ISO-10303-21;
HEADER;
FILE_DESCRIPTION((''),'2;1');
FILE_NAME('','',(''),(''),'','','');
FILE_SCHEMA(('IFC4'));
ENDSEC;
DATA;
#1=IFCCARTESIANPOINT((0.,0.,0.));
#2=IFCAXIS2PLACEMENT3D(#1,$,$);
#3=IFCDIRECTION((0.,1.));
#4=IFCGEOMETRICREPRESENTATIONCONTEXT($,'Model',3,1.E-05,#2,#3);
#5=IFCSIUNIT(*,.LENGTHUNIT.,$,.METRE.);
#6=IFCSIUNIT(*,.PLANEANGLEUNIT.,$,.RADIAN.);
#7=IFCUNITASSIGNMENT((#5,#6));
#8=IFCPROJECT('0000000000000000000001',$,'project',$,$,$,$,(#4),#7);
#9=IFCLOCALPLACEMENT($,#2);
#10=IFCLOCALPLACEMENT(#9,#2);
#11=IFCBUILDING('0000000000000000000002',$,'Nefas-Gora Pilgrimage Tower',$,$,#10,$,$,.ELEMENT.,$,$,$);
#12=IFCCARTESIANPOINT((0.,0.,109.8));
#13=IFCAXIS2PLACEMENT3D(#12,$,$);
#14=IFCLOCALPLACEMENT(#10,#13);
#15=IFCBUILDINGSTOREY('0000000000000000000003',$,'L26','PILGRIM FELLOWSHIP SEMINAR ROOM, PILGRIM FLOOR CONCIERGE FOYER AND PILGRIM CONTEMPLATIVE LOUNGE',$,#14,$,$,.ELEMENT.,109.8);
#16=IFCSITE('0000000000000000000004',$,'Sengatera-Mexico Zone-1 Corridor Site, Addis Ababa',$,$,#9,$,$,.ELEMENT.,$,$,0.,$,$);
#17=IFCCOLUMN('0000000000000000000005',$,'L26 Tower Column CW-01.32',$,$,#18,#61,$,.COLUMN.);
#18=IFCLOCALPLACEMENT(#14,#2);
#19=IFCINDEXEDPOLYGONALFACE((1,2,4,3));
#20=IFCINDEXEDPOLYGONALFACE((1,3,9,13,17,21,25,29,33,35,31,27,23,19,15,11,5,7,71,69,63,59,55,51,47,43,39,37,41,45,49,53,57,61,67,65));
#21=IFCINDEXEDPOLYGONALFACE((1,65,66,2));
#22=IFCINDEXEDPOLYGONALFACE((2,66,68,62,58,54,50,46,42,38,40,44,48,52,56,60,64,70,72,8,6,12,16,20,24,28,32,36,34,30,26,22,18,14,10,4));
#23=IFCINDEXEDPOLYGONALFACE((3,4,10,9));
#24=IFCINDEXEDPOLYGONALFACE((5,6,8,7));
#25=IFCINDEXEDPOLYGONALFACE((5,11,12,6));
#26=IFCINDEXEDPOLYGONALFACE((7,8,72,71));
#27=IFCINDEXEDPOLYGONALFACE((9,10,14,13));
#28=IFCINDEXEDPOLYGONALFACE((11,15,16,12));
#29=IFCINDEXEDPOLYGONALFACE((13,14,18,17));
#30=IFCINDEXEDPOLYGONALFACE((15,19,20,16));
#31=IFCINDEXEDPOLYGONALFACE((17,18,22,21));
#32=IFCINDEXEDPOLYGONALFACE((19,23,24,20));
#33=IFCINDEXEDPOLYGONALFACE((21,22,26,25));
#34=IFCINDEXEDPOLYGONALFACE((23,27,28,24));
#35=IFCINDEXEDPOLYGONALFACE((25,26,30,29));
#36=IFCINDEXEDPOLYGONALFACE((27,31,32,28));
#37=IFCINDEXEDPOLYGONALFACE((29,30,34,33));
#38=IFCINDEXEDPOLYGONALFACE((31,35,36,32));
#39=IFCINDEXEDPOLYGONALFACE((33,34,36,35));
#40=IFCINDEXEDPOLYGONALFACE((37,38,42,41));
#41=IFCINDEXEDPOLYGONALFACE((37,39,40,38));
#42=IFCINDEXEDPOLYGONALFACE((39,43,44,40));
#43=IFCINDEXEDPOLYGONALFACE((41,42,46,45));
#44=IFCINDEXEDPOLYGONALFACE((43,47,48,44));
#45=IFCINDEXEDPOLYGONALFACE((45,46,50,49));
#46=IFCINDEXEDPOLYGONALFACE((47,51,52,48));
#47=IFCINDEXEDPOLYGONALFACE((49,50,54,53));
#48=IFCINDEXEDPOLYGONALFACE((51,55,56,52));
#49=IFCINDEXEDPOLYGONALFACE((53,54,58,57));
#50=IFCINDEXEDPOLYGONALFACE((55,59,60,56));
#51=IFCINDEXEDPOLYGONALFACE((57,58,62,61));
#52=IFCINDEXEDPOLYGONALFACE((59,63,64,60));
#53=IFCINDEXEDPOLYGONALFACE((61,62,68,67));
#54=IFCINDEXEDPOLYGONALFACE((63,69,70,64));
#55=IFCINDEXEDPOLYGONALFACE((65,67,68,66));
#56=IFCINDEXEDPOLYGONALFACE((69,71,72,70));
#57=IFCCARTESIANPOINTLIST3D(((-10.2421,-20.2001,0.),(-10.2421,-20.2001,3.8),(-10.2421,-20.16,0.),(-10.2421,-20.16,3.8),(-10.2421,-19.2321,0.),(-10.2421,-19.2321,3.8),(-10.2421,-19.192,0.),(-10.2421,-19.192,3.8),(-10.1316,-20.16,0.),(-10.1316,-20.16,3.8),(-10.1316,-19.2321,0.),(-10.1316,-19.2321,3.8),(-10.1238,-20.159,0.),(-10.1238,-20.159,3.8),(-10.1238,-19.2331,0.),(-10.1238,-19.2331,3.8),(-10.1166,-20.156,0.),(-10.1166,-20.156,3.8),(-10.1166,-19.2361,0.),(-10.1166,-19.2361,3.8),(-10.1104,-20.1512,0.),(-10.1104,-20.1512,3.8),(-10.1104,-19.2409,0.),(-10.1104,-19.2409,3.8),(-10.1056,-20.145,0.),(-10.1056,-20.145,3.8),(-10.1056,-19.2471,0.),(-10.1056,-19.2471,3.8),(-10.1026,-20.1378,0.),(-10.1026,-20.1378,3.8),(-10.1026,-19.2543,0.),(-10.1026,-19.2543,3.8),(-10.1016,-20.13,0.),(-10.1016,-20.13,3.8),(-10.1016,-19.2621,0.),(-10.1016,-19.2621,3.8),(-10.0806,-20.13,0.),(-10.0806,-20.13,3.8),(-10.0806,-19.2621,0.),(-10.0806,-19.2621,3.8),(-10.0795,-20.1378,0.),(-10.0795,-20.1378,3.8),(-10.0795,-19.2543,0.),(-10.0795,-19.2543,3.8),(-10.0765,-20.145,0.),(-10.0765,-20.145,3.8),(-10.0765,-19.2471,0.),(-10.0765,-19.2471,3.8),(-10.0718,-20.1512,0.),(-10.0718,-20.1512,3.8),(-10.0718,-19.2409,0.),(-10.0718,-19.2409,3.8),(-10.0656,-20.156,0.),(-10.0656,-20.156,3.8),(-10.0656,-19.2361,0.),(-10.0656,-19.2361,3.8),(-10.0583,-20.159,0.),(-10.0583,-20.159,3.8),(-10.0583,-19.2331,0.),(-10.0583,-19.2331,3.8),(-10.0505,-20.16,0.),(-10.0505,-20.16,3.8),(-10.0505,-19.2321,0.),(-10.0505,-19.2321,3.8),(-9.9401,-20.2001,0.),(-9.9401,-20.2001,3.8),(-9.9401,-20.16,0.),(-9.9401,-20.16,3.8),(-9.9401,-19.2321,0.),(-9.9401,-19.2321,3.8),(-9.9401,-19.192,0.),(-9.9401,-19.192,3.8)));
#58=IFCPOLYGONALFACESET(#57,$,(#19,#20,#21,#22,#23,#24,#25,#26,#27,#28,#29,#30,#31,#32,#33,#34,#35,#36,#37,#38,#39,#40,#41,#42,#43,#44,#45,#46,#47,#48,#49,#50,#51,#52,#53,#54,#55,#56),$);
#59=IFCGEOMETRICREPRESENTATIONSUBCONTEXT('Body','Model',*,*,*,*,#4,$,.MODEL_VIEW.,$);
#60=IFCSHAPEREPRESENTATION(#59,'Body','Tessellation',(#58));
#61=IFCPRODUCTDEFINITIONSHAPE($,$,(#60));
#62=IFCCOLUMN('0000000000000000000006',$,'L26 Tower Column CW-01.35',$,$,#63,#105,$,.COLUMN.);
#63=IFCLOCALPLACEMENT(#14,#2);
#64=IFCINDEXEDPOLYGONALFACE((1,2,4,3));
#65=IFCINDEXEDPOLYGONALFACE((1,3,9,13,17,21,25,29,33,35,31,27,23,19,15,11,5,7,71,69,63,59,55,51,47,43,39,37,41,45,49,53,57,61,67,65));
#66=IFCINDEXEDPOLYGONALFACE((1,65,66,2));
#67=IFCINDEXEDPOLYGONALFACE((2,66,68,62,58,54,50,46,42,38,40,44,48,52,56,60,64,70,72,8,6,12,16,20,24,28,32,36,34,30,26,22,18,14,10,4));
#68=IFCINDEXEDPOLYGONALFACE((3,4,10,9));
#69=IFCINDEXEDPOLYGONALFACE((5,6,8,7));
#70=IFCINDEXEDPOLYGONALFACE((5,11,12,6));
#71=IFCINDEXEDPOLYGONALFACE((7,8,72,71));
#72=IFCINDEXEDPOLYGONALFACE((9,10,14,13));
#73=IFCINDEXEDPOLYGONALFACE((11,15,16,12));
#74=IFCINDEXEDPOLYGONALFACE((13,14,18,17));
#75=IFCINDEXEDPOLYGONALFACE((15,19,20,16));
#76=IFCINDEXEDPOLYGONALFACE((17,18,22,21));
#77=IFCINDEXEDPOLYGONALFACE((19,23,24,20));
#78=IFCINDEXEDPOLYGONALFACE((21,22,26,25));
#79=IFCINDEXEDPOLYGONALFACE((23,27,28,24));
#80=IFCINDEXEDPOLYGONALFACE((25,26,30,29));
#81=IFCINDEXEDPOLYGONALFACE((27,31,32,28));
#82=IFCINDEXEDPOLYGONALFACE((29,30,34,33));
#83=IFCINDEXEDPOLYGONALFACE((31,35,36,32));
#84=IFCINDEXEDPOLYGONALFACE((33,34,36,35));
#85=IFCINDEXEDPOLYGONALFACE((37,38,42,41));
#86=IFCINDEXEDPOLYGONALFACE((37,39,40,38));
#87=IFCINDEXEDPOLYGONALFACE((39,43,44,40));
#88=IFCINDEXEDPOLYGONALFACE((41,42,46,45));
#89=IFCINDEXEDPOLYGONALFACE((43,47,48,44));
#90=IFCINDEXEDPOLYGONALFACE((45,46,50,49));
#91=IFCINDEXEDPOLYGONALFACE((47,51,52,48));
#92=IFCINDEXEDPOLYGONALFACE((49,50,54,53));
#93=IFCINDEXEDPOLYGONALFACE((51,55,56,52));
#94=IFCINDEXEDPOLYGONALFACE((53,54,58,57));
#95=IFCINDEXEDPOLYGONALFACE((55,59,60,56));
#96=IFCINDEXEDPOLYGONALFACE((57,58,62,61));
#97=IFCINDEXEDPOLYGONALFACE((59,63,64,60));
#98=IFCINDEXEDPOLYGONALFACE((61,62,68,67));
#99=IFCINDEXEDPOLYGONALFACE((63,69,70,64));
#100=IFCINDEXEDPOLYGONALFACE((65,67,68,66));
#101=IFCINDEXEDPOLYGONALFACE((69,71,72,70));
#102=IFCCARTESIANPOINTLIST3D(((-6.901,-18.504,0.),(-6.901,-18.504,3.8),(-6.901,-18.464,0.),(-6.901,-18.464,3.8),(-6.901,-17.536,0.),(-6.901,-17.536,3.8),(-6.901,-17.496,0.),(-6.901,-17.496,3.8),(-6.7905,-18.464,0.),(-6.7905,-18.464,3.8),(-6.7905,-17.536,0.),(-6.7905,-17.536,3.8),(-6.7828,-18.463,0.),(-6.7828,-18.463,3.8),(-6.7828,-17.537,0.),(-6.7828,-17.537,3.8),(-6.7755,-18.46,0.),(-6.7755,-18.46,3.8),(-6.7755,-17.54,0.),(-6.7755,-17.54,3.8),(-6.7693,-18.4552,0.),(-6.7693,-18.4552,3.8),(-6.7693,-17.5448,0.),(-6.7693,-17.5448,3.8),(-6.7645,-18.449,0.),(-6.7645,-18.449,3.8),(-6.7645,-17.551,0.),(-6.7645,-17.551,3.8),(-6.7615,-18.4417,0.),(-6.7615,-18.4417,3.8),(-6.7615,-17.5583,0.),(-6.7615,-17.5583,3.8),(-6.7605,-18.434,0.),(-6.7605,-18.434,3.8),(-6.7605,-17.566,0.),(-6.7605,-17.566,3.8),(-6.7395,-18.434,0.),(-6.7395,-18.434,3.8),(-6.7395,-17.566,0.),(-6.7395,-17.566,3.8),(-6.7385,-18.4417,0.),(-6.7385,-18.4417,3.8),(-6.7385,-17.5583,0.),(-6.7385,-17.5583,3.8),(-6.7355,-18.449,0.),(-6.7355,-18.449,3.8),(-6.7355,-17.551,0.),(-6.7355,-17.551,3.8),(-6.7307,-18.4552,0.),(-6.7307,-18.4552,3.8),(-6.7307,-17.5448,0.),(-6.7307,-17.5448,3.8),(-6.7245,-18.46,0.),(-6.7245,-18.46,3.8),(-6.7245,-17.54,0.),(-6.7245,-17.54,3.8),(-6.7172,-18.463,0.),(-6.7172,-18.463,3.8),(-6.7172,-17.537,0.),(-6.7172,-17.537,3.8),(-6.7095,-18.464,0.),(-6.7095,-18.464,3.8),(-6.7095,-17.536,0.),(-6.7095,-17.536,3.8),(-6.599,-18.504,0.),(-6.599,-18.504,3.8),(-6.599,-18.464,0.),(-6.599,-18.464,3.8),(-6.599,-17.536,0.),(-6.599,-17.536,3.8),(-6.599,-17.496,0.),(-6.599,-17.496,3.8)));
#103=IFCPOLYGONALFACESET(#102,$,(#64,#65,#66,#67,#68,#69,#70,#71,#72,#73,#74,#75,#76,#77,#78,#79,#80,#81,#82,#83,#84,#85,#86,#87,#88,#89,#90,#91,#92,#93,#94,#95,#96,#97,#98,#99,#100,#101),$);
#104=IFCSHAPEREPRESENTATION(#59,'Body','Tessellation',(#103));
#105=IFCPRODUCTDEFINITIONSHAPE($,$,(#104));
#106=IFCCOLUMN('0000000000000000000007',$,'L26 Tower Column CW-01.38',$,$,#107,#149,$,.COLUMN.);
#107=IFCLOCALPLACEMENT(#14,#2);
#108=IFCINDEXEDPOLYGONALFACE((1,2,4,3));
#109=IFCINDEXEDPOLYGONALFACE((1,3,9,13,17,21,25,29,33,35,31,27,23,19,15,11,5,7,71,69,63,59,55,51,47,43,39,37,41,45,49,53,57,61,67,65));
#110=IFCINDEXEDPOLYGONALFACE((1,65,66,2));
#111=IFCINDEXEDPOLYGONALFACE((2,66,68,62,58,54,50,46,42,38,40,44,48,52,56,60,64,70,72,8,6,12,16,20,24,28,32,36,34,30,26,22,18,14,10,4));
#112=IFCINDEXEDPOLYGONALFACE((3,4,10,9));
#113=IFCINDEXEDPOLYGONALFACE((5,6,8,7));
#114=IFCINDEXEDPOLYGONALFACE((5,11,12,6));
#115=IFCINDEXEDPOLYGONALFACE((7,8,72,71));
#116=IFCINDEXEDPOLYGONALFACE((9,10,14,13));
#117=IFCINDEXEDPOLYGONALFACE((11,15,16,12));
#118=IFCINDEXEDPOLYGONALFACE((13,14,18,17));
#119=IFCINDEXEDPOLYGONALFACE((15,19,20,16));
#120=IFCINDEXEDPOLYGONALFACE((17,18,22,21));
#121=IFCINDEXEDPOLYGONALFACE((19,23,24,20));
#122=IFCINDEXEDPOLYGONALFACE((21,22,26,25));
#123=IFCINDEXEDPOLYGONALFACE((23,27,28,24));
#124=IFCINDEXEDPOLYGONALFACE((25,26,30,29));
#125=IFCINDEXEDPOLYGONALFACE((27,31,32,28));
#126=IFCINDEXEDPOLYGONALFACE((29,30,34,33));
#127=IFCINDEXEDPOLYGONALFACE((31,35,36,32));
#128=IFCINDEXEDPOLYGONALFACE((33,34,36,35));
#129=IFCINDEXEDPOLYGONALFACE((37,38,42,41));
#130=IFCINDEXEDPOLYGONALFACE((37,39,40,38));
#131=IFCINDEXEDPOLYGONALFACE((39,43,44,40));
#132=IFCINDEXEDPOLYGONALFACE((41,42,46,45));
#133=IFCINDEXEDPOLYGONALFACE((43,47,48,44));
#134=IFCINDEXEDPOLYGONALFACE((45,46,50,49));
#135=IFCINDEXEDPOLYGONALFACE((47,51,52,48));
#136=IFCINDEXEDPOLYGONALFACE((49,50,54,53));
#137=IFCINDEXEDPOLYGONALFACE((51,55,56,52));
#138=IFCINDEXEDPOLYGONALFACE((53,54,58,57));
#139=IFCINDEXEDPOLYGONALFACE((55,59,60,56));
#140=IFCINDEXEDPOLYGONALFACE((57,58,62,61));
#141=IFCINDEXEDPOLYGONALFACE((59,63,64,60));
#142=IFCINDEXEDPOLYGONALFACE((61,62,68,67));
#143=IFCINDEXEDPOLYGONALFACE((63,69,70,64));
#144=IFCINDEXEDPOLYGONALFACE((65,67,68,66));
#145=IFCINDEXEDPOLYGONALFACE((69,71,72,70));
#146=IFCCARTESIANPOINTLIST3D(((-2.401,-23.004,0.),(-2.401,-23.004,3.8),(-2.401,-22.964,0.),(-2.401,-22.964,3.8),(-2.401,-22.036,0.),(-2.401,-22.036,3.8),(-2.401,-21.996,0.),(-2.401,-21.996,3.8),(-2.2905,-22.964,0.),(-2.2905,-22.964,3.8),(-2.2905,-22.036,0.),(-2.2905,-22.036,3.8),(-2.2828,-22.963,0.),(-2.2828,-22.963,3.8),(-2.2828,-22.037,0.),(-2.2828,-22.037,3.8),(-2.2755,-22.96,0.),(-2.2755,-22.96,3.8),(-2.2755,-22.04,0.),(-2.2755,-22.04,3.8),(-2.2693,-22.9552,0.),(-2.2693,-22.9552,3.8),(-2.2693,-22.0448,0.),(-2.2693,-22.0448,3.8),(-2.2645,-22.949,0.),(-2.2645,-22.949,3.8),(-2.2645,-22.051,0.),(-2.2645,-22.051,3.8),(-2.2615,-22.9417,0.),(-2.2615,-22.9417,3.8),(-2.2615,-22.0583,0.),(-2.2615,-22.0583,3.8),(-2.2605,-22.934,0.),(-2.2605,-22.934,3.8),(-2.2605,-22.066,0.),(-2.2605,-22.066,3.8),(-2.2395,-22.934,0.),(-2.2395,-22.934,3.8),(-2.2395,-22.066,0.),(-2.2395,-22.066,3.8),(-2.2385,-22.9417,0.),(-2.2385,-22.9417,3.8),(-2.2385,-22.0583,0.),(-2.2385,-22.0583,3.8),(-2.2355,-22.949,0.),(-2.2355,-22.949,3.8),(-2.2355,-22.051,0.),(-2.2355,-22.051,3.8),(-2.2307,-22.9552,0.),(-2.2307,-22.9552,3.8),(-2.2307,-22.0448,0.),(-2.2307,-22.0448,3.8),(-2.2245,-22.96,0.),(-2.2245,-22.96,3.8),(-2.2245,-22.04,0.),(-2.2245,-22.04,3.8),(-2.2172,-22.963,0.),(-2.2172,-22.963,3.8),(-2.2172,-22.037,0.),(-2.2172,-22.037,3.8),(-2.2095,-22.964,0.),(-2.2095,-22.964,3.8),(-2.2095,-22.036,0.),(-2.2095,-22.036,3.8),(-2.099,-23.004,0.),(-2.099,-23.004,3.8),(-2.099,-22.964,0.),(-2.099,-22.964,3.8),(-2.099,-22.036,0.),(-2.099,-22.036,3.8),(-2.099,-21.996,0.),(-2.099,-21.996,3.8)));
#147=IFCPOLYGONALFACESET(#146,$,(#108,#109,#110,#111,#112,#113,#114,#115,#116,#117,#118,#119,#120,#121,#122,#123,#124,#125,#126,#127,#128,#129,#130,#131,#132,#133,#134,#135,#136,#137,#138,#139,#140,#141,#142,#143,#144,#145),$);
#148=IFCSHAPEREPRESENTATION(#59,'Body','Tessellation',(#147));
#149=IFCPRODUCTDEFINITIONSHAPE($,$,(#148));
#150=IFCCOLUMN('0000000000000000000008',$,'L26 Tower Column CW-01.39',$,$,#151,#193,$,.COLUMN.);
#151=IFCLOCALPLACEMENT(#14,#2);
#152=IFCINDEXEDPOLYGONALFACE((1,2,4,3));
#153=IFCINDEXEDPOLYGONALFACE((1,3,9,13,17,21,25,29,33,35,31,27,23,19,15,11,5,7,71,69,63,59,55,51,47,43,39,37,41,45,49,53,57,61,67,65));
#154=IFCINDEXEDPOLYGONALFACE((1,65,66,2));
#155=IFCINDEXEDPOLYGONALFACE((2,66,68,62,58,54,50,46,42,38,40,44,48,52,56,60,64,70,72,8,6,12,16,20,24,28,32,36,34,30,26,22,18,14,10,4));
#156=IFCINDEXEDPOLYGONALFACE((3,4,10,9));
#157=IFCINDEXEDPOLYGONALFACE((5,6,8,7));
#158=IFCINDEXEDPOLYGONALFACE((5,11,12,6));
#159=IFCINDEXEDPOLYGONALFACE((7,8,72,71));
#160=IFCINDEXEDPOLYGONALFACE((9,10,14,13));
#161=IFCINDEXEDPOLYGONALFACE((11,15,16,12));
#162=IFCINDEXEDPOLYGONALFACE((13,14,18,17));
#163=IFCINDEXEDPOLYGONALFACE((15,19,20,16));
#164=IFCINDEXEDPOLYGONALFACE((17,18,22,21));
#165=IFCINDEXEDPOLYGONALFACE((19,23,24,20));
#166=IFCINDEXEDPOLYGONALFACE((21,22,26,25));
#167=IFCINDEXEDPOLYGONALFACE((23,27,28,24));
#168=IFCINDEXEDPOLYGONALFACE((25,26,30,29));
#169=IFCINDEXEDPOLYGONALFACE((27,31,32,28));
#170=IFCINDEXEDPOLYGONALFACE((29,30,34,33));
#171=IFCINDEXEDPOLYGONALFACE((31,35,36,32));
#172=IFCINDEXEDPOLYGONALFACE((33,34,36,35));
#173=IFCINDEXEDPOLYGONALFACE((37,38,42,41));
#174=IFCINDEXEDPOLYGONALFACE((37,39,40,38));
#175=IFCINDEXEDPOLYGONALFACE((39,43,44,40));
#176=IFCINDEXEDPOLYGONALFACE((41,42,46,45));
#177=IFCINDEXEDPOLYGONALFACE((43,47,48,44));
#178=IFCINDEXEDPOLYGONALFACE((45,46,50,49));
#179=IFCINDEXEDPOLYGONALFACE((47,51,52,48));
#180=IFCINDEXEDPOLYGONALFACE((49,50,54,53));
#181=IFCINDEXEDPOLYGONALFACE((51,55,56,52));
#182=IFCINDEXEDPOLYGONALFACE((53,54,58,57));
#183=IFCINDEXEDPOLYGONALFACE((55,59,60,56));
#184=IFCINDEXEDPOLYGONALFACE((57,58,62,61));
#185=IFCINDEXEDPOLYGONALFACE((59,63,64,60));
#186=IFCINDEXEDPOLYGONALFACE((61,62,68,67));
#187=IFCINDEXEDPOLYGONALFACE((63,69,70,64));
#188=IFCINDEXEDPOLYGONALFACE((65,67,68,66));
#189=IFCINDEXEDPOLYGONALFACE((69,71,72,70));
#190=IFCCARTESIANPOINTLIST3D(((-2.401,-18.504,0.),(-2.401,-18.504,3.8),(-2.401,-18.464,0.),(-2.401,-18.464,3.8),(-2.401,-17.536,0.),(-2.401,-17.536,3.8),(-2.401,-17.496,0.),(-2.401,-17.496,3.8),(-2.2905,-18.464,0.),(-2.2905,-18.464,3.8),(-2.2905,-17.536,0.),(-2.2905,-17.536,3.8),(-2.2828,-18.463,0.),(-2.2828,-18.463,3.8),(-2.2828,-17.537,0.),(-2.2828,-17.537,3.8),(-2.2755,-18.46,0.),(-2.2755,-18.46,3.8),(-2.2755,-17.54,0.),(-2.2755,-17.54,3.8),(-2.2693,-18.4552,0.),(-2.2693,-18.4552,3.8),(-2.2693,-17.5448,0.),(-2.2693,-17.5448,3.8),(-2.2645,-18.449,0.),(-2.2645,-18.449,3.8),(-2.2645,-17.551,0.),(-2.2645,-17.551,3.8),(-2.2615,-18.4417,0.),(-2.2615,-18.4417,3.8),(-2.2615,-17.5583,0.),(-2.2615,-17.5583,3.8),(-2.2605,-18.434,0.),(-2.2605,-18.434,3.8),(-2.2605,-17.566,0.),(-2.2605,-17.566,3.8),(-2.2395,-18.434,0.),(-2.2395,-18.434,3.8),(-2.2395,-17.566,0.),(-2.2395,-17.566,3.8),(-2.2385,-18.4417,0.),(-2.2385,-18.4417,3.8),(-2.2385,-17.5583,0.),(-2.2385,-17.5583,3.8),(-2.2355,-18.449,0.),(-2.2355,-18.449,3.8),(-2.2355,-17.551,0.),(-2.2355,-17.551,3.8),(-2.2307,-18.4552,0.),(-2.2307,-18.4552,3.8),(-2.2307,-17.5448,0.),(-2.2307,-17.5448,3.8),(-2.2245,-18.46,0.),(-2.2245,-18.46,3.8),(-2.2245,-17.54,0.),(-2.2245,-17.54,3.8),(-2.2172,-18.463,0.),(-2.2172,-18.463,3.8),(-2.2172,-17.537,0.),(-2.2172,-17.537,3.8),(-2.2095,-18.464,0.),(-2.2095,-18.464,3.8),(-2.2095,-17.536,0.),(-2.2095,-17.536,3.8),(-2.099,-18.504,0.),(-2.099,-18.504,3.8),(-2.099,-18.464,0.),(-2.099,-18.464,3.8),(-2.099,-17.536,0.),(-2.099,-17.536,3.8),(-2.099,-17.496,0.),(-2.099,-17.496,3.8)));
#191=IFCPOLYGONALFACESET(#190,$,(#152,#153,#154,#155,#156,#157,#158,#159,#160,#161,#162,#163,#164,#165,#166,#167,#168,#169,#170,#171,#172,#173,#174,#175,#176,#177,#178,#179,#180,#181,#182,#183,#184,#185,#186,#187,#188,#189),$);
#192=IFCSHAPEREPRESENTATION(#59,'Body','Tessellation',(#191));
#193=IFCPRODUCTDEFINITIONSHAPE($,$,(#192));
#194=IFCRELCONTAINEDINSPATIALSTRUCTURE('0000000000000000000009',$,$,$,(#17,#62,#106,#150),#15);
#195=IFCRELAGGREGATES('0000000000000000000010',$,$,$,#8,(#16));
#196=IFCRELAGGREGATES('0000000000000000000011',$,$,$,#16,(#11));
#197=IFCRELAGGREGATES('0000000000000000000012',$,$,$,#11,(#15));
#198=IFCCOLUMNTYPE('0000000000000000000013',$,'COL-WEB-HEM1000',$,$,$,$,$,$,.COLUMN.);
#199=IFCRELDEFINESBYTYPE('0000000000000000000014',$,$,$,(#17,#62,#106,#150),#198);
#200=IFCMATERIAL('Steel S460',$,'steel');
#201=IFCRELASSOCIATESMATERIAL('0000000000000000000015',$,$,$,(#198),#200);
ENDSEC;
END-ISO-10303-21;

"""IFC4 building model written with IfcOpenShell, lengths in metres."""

from ifc_helpers import new_model, si_unit, direction, frame, origin, origin_2d, place, context, subcontext, project, spatial, i_section, extrude, source, transform, mapped, material, material_profile, profile_set, type_object, element, save


model = new_model("IFC4")

# Units and contexts
model_context = context("Model", 3, precision=1e-05, world=origin(), true_north=direction((0.0, 1.0)))
body_context = subcontext(model_context, "Body", "Model", "MODEL_VIEW")
ifc_project = project(units=[si_unit("LENGTHUNIT", "METRE"), si_unit("PLANEANGLEUNIT", "RADIAN")], contexts=[model_context])

# Site, building, storey
site_placement = place(None, origin())
site = spatial("IfcSite", under=ifc_project, at=site_placement, Name="Sengatera-Mexico Zone-1 Corridor Site, Addis Ababa", CompositionType="ELEMENT", RefElevation=0.0)
building_placement = place(site_placement, origin())
building = spatial("IfcBuilding", under=site, at=building_placement, Name="Nefas-Gora Pilgrimage Tower", CompositionType="ELEMENT")
storey_placement = place(building_placement, frame((0.0, 0.0, 109.8)))
storey = spatial("IfcBuildingStorey", under=building, at=storey_placement, Name="L26", Description="PILGRIM FELLOWSHIP SEMINAR ROOM, PILGRIM FLOOR CONCIERGE FOYER AND PILGRIM CONTEMPLATIVE LOUNGE", CompositionType="ELEMENT", Elevation=109.8)

# Columns
ifc_material_1 = material(Name="Steel S460", Category="steel")
ifc_material_profile_1 = material_profile(ifc_material_1, i_section(OverallWidth=0.302, OverallDepth=1.0081, WebThickness=0.021, FlangeThickness=0.04, FilletRadius=0.03, at=origin_2d()), Name="HEM 1000")
ifc_profile_set_1 = profile_set([ifc_material_profile_1], Name="Steel S460")
column_type_1 = type_object("IfcColumnType", Name="COL-WEB-HEM1000", PredefinedType="COLUMN", material=ifc_profile_set_1)
shared_shape_1 = source(origin(), body_context, "Body", "SweptSolid", [
    extrude(i_section(OverallWidth=0.302, OverallDepth=1.0081, WebThickness=0.021, FlangeThickness=0.04, FilletRadius=0.03, at=origin_2d()), origin(), (0.0, 0.0, 1.0), 3.8),
])
for number, where, z_axis, x_axis, name in (
    (1, (-10.0911, -19.696, 0.0), (0.0, 0.0, 1.0), (1.0, 0.0, 0.0), "L26 Tower Column CW-01.32"),
    (2, (-6.75, -18.0, 0.0), (0.0, 0.0, 1.0), (1.0, 0.0, 0.0), "L26 Tower Column CW-01.35"),
    (3, (-2.25, -22.5, 0.0), (0.0, 0.0, 1.0), (1.0, 0.0, 0.0), "L26 Tower Column CW-01.38"),
    (4, (-2.25, -18.0, 0.0), (0.0, 0.0, 1.0), (1.0, 0.0, 0.0), "L26 Tower Column CW-01.39"),
):
    element("IfcColumn", number, at=place(storey_placement, frame(where, z_axis=z_axis, x_axis=x_axis)), inside=storey, type_object=column_type_1, Name=name, PredefinedType="COLUMN", context=body_context, shape_type="MappedRepresentation", body=[
        mapped(shared_shape_1, transform((0.0, 0.0, 0.0), x_axis=(1.0, 0.0, 0.0), y_axis=(0.0, 1.0, 0.0), z_axis=(0.0, 0.0, 1.0), scale=1.0)),
    ])

save(model, "model.ifc")
